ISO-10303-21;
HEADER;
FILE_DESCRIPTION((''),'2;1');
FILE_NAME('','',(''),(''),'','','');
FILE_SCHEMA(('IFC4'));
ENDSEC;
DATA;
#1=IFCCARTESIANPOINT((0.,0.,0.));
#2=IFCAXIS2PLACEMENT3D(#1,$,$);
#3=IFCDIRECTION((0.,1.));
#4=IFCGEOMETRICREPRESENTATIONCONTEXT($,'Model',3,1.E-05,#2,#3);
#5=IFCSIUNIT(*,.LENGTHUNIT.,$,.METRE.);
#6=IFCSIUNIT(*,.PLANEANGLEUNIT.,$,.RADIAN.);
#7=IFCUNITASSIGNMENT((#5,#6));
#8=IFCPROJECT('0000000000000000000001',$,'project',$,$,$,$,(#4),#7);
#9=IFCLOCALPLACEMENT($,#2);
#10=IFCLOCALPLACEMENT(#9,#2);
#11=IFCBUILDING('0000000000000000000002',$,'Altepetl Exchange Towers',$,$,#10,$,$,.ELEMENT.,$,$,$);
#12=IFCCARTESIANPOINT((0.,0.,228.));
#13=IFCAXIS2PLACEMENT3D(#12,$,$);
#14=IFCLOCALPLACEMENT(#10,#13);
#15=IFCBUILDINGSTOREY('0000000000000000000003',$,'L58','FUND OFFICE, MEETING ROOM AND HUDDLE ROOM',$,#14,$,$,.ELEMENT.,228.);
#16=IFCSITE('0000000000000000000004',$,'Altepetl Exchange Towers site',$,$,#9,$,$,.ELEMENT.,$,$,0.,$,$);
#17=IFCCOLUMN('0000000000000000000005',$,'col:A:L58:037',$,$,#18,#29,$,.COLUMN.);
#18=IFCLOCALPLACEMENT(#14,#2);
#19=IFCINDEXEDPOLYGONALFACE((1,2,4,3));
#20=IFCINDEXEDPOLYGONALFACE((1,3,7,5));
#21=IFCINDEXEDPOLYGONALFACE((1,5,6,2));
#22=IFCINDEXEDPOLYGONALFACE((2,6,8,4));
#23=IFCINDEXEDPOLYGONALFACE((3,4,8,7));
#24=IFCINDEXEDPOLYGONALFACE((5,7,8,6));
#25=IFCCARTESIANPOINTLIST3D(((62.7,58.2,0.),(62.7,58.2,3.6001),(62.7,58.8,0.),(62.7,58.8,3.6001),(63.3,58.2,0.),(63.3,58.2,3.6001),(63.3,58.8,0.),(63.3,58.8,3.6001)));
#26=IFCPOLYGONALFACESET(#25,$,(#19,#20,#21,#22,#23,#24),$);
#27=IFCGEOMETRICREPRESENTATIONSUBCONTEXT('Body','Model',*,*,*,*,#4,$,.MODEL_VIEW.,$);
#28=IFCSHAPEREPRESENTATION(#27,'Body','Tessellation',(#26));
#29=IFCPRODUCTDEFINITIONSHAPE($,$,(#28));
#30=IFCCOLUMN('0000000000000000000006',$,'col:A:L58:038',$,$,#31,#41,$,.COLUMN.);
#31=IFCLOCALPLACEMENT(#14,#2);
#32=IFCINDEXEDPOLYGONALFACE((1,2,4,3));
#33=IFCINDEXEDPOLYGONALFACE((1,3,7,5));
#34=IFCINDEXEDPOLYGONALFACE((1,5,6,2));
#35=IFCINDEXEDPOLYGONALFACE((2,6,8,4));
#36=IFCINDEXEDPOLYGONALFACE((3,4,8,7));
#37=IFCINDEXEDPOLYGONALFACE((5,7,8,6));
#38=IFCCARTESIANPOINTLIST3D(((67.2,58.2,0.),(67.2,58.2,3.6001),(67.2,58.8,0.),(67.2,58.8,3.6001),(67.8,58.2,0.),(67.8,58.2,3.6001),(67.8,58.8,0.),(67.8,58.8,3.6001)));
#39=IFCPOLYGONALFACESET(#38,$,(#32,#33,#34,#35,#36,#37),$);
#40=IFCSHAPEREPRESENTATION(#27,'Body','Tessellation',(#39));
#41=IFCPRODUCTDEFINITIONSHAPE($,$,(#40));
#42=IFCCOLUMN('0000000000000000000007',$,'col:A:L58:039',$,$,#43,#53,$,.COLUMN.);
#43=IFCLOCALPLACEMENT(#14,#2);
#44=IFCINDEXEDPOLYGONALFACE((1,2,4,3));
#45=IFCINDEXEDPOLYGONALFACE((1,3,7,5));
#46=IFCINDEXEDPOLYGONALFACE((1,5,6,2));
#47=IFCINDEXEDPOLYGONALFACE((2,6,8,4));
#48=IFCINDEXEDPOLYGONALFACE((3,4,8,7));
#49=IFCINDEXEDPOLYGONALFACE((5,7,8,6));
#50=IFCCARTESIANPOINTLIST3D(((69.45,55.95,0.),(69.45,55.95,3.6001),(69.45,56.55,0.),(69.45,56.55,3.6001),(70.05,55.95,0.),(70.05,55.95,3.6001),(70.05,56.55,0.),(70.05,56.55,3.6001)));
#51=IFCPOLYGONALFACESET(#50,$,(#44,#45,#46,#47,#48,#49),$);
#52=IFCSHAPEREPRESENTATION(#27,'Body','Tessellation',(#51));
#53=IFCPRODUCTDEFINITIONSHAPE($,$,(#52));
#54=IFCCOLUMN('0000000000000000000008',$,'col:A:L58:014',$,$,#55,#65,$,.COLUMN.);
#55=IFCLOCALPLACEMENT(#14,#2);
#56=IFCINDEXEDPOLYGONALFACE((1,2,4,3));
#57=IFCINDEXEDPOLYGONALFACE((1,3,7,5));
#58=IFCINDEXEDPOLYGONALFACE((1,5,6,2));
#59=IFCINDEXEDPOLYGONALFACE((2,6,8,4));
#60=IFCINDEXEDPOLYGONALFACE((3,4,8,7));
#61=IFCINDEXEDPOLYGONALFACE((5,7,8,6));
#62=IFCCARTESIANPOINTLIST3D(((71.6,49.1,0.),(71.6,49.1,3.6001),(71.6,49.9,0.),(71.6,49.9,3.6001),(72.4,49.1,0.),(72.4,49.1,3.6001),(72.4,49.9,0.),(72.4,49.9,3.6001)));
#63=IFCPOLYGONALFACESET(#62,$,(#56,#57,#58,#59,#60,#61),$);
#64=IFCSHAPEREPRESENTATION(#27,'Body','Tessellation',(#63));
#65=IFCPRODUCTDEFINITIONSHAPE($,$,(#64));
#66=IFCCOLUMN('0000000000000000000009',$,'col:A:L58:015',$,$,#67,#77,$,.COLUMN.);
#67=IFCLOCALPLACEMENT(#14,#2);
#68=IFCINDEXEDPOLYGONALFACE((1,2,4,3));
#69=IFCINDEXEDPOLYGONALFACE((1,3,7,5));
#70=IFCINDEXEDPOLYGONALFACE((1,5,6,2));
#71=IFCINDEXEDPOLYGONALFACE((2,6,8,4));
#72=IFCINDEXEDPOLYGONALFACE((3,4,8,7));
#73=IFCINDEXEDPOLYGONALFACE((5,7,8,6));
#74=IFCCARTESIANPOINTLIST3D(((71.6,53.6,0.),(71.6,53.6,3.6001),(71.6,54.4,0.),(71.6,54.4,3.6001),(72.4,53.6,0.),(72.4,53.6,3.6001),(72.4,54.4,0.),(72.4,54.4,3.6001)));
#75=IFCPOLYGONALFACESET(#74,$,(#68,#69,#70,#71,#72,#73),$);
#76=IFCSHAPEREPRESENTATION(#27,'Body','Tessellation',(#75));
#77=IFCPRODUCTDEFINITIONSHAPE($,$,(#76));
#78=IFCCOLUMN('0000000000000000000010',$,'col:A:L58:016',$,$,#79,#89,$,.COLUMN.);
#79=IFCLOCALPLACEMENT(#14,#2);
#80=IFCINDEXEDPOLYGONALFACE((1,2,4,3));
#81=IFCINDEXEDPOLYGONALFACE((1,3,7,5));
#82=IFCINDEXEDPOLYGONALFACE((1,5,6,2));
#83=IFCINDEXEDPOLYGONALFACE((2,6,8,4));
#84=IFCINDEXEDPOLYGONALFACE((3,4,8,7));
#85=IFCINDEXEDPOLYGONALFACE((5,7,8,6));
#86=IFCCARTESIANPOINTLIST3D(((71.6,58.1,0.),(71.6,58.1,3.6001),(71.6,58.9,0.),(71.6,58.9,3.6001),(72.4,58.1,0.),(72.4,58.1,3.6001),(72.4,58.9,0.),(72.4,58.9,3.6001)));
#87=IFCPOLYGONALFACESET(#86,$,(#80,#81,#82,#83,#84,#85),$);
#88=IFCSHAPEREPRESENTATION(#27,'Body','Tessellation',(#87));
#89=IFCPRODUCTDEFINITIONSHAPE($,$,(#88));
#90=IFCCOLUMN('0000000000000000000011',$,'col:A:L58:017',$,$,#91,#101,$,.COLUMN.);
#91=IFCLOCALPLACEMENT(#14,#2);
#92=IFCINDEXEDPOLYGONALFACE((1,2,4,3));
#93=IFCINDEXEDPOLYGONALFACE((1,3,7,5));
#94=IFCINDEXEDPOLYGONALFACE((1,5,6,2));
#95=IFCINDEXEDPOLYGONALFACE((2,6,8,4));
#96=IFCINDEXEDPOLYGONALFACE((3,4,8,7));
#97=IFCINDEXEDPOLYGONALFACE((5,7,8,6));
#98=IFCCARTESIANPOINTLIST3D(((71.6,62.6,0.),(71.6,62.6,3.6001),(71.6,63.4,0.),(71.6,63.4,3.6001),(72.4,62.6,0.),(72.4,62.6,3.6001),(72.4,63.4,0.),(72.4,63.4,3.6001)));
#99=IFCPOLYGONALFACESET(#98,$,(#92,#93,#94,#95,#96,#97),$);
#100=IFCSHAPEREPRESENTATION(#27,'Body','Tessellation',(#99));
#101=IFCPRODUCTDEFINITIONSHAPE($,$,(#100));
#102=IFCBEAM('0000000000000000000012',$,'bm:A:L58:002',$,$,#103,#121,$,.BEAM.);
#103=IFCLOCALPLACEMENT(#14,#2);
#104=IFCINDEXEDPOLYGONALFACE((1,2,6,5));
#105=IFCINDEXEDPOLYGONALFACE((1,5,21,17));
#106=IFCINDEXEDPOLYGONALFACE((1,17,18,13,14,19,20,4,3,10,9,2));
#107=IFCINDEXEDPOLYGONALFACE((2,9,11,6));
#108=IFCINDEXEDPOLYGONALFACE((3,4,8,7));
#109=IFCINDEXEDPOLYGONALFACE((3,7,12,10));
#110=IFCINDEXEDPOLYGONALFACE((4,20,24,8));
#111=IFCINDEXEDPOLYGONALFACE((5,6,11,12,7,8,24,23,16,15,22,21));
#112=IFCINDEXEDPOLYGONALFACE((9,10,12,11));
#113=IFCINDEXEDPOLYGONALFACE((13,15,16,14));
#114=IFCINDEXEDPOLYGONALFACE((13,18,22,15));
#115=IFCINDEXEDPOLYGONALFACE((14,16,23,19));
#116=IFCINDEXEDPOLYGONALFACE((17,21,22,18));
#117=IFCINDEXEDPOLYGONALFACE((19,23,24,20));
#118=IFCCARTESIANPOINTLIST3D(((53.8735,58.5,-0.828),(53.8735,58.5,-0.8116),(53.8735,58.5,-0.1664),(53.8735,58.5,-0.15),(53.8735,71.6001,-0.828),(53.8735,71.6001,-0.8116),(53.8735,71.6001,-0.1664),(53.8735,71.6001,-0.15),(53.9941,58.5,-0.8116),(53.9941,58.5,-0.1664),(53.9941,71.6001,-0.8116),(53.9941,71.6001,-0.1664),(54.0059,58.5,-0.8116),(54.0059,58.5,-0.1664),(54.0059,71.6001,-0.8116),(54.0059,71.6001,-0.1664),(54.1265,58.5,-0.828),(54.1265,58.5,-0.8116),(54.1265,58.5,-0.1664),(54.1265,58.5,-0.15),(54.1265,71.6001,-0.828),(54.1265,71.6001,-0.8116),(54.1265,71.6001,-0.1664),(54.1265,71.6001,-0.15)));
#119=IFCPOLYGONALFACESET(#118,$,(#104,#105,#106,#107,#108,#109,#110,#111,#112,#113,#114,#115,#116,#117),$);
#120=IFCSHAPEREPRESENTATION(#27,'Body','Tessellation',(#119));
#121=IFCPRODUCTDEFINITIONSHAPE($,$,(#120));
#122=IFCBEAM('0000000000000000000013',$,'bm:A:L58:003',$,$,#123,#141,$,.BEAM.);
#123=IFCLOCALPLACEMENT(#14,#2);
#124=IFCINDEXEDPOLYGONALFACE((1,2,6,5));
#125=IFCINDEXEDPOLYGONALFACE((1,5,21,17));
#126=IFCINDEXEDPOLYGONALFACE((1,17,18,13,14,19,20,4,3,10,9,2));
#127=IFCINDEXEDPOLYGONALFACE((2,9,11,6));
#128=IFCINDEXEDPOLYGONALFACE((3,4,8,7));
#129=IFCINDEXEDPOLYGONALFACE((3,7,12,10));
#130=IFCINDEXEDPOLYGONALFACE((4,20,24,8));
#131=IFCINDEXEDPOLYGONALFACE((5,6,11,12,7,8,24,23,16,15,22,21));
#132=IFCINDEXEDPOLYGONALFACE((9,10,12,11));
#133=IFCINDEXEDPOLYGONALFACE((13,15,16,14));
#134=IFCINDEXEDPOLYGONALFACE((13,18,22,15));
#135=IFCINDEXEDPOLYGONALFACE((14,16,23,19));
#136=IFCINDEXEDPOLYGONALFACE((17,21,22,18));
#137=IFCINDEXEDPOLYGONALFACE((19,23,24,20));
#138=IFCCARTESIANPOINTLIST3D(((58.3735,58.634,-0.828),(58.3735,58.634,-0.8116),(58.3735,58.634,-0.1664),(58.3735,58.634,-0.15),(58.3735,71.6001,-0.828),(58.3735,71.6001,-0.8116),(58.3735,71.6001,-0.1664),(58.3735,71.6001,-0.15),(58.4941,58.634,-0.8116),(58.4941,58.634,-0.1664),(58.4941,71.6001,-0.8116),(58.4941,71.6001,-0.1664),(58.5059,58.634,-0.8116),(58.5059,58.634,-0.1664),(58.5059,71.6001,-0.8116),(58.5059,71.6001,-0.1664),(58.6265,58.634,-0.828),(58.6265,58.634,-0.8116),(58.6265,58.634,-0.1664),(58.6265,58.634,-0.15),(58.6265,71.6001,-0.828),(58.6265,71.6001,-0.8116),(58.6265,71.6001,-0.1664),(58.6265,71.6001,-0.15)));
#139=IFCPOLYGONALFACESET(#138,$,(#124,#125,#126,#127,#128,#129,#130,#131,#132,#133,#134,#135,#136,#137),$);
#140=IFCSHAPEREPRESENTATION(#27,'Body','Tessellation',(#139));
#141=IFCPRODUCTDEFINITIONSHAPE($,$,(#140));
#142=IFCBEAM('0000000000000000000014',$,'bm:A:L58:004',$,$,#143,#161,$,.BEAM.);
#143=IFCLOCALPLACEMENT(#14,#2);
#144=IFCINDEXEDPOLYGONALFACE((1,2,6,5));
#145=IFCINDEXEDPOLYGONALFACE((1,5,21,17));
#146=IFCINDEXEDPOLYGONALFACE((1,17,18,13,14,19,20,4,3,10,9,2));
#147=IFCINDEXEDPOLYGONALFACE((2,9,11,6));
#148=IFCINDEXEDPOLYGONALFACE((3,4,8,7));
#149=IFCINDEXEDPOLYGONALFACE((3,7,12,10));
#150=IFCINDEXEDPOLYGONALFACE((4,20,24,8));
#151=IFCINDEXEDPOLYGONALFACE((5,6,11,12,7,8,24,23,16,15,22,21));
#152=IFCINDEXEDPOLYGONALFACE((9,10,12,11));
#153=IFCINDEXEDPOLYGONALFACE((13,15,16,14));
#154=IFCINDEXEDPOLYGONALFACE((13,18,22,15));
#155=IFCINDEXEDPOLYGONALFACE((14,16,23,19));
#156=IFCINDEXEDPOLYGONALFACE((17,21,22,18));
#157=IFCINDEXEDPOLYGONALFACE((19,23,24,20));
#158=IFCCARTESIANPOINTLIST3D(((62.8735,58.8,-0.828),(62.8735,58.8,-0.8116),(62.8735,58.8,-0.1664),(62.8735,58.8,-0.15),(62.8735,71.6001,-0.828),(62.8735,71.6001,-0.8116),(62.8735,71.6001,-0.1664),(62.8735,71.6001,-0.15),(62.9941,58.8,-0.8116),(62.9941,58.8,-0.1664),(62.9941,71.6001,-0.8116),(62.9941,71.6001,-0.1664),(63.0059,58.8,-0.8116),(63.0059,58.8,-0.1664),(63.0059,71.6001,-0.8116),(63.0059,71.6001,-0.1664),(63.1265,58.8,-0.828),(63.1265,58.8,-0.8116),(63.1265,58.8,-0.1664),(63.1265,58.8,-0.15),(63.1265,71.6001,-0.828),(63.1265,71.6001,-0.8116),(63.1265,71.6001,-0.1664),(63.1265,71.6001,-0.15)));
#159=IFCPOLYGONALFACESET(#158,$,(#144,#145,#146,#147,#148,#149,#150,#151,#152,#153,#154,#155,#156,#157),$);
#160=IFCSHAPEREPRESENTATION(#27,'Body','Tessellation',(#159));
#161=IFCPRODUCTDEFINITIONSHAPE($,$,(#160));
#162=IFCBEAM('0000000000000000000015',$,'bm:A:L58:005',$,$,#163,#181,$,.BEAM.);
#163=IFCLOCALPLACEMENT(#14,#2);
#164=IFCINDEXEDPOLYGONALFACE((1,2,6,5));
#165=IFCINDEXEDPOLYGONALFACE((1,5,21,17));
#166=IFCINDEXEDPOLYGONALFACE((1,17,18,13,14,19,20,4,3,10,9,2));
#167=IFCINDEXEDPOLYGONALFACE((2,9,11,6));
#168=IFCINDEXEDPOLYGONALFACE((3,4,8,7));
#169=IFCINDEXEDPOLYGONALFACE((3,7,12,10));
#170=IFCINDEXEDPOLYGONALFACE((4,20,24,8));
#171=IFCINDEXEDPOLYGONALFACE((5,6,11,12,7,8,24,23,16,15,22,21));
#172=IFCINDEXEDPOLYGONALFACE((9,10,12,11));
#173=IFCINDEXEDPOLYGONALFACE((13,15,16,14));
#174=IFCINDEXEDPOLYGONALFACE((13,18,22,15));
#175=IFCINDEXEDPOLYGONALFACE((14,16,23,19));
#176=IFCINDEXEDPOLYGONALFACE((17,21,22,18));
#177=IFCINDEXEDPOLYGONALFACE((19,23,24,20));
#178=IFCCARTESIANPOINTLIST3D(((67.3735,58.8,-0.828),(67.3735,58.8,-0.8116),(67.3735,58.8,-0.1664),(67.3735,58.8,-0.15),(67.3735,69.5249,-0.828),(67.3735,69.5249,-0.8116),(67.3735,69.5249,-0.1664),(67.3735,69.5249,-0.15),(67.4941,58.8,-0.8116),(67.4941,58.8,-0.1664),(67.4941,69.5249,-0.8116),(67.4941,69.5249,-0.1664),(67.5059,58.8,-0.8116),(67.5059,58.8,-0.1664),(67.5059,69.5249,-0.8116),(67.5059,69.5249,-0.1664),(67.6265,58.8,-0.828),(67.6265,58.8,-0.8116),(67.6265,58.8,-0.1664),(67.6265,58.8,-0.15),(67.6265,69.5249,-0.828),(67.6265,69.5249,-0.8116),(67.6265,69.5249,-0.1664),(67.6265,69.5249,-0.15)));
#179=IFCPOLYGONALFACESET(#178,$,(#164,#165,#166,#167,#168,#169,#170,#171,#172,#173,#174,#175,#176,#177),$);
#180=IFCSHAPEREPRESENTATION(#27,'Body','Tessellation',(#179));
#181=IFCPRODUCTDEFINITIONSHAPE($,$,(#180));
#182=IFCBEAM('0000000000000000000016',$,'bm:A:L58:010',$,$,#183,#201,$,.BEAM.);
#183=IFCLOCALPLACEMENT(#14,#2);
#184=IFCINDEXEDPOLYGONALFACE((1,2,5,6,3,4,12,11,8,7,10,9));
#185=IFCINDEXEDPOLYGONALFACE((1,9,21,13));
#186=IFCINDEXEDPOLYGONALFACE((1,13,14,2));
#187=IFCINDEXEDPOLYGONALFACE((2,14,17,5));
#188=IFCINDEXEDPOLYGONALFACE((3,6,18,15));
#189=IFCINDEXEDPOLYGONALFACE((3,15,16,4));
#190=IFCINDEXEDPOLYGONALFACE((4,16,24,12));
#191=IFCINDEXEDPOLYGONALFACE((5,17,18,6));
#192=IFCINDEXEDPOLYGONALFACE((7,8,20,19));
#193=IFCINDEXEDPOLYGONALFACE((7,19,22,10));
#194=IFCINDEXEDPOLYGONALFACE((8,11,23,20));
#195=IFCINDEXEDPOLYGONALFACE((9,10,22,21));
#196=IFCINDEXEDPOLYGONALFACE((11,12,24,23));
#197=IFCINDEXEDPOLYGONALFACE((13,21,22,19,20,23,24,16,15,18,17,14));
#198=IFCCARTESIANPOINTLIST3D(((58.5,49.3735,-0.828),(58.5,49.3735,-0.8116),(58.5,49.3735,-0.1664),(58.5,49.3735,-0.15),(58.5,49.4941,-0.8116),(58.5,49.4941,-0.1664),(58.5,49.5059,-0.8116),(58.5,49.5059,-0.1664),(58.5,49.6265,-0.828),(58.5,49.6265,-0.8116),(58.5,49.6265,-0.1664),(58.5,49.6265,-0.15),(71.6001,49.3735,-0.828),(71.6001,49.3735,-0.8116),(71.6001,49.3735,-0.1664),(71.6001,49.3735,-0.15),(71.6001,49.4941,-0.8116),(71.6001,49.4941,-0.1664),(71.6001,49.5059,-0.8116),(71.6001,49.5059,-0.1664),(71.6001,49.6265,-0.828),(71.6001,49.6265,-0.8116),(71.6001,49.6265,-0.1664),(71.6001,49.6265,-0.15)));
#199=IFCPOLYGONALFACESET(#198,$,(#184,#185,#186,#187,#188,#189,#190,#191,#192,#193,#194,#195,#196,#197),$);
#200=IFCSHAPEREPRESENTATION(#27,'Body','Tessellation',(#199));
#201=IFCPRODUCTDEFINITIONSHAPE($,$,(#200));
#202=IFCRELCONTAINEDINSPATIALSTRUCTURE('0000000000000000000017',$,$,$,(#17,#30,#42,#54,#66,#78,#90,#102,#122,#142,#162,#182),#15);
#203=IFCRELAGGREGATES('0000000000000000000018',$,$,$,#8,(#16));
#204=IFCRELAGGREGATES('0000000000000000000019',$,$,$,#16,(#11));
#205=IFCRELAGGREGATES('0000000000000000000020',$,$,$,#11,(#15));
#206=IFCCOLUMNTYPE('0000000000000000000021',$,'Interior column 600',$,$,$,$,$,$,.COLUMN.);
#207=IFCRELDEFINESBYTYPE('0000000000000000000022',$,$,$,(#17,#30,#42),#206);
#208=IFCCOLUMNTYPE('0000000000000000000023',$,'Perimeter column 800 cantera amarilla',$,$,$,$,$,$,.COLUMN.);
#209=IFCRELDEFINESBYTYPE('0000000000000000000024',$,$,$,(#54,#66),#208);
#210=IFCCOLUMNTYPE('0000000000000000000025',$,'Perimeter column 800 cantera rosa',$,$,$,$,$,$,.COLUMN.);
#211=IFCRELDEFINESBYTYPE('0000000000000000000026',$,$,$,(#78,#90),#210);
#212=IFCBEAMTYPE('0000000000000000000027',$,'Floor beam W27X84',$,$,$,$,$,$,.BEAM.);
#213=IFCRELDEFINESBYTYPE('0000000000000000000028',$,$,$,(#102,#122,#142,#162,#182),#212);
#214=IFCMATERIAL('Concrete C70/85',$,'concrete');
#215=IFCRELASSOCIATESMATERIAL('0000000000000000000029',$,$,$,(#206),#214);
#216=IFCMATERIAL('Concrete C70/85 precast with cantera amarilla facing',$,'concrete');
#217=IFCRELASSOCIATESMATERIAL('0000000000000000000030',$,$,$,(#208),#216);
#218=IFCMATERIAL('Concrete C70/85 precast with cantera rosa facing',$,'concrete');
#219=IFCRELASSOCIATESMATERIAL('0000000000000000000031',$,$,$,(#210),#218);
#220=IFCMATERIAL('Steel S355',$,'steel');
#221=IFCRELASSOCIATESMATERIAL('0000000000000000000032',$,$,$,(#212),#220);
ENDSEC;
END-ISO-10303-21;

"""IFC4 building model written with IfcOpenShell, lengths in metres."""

from ifc_helpers import new_model, si_unit, direction, frame, origin, origin_2d, place, context, subcontext, project, spatial, rectangle, i_section, extrude, material, material_profile, profile_set, type_object, element, save


model = new_model("IFC4")

# Units and contexts
model_context = context("Model", 3, precision=1e-05, world=origin(), true_north=direction((0.0, 1.0)))
body_context = subcontext(model_context, "Body", "Model", "MODEL_VIEW")
ifc_project = project(units=[si_unit("LENGTHUNIT", "METRE"), si_unit("PLANEANGLEUNIT", "RADIAN")], contexts=[model_context])

# Site, building, storey
site_placement = place(None, origin())
site = spatial("IfcSite", under=ifc_project, at=site_placement, Name="Altepetl Exchange Towers site", CompositionType="ELEMENT", RefElevation=0.0)
building_placement = place(site_placement, origin())
building = spatial("IfcBuilding", under=site, at=building_placement, Name="Altepetl Exchange Towers", CompositionType="ELEMENT")
storey_placement = place(building_placement, frame((0.0, 0.0, 228.0)))
storey = spatial("IfcBuildingStorey", under=building, at=storey_placement, Name="L58", Description="FUND OFFICE, MEETING ROOM AND HUDDLE ROOM", CompositionType="ELEMENT", Elevation=228.0)

# Columns
ifc_material_1 = material(Name="Concrete C70/85", Category="concrete")
ifc_material_profile_1 = material_profile(ifc_material_1, rectangle(XDim=0.6001, YDim=0.6001, at=origin_2d()), Name="600 x 600")
ifc_profile_set_1 = profile_set([ifc_material_profile_1], Name="Concrete C70/85")
column_type_1 = type_object("IfcColumnType", Name="Interior column 600", PredefinedType="COLUMN", material=ifc_profile_set_1)
for number, where, name in (
    (1, (63.0, 58.5, 0.0), "col:A:L58:037"),
    (2, (67.5, 58.5, 0.0), "col:A:L58:038"),
    (3, (69.75, 56.25, 0.0), "col:A:L58:039"),
):
    element("IfcColumn", number, at=place(storey_placement, frame(where)), inside=storey, type_object=column_type_1, Name=name, PredefinedType="COLUMN", context=body_context, shape_type="SweptSolid", body=[
        extrude(rectangle(XDim=0.6001, YDim=0.6001, at=origin_2d()), origin(), (0.0, 0.0, 1.0), 3.6001),
    ])
ifc_material_2 = material(Name="Concrete C70/85 precast with cantera amarilla facing", Category="concrete")
ifc_material_profile_2 = material_profile(ifc_material_2, rectangle(XDim=0.8, YDim=0.8, at=origin_2d()), Name="800 x 800")
ifc_profile_set_2 = profile_set([ifc_material_profile_2], Name="Concrete C70/85 precast with cantera amarilla facing")
column_type_2 = type_object("IfcColumnType", Name="Perimeter column 800 cantera amarilla", PredefinedType="COLUMN", material=ifc_profile_set_2)
for number, where, name in (
    (4, (72.0, 49.5, 0.0), "col:A:L58:014"),
    (5, (72.0, 54.0, 0.0), "col:A:L58:015"),
):
    element("IfcColumn", number, at=place(storey_placement, frame(where)), inside=storey, type_object=column_type_2, Name=name, PredefinedType="COLUMN", context=body_context, shape_type="SweptSolid", body=[
        extrude(rectangle(XDim=0.8, YDim=0.8, at=origin_2d()), origin(), (0.0, 0.0, 1.0), 3.6001),
    ])
ifc_material_3 = material(Name="Concrete C70/85 precast with cantera rosa facing", Category="concrete")
ifc_material_profile_3 = material_profile(ifc_material_3, rectangle(XDim=0.8, YDim=0.8, at=origin_2d()), Name="800 x 800")
ifc_profile_set_3 = profile_set([ifc_material_profile_3], Name="Concrete C70/85 precast with cantera rosa facing")
column_type_3 = type_object("IfcColumnType", Name="Perimeter column 800 cantera rosa", PredefinedType="COLUMN", material=ifc_profile_set_3)
for number, where, name in (
    (6, (72.0, 58.5, 0.0), "col:A:L58:016"),
    (7, (72.0, 63.0, 0.0), "col:A:L58:017"),
):
    element("IfcColumn", number, at=place(storey_placement, frame(where)), inside=storey, type_object=column_type_3, Name=name, PredefinedType="COLUMN", context=body_context, shape_type="SweptSolid", body=[
        extrude(rectangle(XDim=0.8, YDim=0.8, at=origin_2d()), origin(), (0.0, 0.0, 1.0), 3.6001),
    ])

# Beams
ifc_material_4 = material(Name="Steel S355", Category="steel")
ifc_material_profile_4 = material_profile(ifc_material_4, i_section(OverallWidth=0.2529, OverallDepth=0.678, WebThickness=0.0117, FlangeThickness=0.0164, at=origin_2d()), Name="W27X84")
ifc_profile_set_4 = profile_set([ifc_material_profile_4], Name="Steel S355")
beam_type_1 = type_object("IfcBeamType", Name="Floor beam W27X84", PredefinedType="BEAM", material=ifc_profile_set_4)
beam_1_placement = place(storey_placement, frame((54.0, 58.5, -0.489), z_axis=(0.0, 1.0, 0.0), x_axis=(-1.0, 0.0, 0.0)))
element("IfcBeam", 8, at=beam_1_placement, inside=storey, type_object=beam_type_1, Name="bm:A:L58:002", PredefinedType="BEAM", context=body_context, shape_type="SweptSolid", body=[
    extrude(i_section(OverallWidth=0.2529, OverallDepth=0.678, WebThickness=0.0117, FlangeThickness=0.0164, at=origin_2d()), origin(), (0.0, 0.0, 1.0), 13.1001),
])
beam_2_placement = place(storey_placement, frame((58.5, 58.634, -0.489), z_axis=(0.0, 1.0, 0.0), x_axis=(-1.0, 0.0, 0.0)))
element("IfcBeam", 9, at=beam_2_placement, inside=storey, type_object=beam_type_1, Name="bm:A:L58:003", PredefinedType="BEAM", context=body_context, shape_type="SweptSolid", body=[
    extrude(i_section(OverallWidth=0.2529, OverallDepth=0.678, WebThickness=0.0117, FlangeThickness=0.0164, at=origin_2d()), origin(), (0.0, 0.0, 1.0), 12.9661),
])
beam_3_placement = place(storey_placement, frame((63.0, 58.8, -0.489), z_axis=(0.0, 1.0, 0.0), x_axis=(-1.0, 0.0, 0.0)))
element("IfcBeam", 10, at=beam_3_placement, inside=storey, type_object=beam_type_1, Name="bm:A:L58:004", PredefinedType="BEAM", context=body_context, shape_type="SweptSolid", body=[
    extrude(i_section(OverallWidth=0.2529, OverallDepth=0.678, WebThickness=0.0117, FlangeThickness=0.0164, at=origin_2d()), origin(), (0.0, 0.0, 1.0), 12.8),
])
beam_4_placement = place(storey_placement, frame((67.5, 58.8, -0.489), z_axis=(0.0, 1.0, 0.0), x_axis=(-1.0, 0.0, 0.0)))
element("IfcBeam", 11, at=beam_4_placement, inside=storey, type_object=beam_type_1, Name="bm:A:L58:005", PredefinedType="BEAM", context=body_context, shape_type="SweptSolid", body=[
    extrude(i_section(OverallWidth=0.2529, OverallDepth=0.678, WebThickness=0.0117, FlangeThickness=0.0164, at=origin_2d()), origin(), (0.0, 0.0, 1.0), 10.7249),
])
for number, where, z_axis, x_axis, name in (
    (12, (58.5, 49.5, -0.489), (1.0, 0.0, 0.0), (0.0, 1.0, 0.0), "bm:A:L58:010"),
):
    element("IfcBeam", number, at=place(storey_placement, frame(where, z_axis=z_axis, x_axis=x_axis)), inside=storey, type_object=beam_type_1, Name=name, PredefinedType="BEAM", context=body_context, shape_type="SweptSolid", body=[
        extrude(i_section(OverallWidth=0.2529, OverallDepth=0.678, WebThickness=0.0117, FlangeThickness=0.0164, at=origin_2d()), origin(), (0.0, 0.0, 1.0), 13.1001),
    ])

save(model, "model.ifc")
